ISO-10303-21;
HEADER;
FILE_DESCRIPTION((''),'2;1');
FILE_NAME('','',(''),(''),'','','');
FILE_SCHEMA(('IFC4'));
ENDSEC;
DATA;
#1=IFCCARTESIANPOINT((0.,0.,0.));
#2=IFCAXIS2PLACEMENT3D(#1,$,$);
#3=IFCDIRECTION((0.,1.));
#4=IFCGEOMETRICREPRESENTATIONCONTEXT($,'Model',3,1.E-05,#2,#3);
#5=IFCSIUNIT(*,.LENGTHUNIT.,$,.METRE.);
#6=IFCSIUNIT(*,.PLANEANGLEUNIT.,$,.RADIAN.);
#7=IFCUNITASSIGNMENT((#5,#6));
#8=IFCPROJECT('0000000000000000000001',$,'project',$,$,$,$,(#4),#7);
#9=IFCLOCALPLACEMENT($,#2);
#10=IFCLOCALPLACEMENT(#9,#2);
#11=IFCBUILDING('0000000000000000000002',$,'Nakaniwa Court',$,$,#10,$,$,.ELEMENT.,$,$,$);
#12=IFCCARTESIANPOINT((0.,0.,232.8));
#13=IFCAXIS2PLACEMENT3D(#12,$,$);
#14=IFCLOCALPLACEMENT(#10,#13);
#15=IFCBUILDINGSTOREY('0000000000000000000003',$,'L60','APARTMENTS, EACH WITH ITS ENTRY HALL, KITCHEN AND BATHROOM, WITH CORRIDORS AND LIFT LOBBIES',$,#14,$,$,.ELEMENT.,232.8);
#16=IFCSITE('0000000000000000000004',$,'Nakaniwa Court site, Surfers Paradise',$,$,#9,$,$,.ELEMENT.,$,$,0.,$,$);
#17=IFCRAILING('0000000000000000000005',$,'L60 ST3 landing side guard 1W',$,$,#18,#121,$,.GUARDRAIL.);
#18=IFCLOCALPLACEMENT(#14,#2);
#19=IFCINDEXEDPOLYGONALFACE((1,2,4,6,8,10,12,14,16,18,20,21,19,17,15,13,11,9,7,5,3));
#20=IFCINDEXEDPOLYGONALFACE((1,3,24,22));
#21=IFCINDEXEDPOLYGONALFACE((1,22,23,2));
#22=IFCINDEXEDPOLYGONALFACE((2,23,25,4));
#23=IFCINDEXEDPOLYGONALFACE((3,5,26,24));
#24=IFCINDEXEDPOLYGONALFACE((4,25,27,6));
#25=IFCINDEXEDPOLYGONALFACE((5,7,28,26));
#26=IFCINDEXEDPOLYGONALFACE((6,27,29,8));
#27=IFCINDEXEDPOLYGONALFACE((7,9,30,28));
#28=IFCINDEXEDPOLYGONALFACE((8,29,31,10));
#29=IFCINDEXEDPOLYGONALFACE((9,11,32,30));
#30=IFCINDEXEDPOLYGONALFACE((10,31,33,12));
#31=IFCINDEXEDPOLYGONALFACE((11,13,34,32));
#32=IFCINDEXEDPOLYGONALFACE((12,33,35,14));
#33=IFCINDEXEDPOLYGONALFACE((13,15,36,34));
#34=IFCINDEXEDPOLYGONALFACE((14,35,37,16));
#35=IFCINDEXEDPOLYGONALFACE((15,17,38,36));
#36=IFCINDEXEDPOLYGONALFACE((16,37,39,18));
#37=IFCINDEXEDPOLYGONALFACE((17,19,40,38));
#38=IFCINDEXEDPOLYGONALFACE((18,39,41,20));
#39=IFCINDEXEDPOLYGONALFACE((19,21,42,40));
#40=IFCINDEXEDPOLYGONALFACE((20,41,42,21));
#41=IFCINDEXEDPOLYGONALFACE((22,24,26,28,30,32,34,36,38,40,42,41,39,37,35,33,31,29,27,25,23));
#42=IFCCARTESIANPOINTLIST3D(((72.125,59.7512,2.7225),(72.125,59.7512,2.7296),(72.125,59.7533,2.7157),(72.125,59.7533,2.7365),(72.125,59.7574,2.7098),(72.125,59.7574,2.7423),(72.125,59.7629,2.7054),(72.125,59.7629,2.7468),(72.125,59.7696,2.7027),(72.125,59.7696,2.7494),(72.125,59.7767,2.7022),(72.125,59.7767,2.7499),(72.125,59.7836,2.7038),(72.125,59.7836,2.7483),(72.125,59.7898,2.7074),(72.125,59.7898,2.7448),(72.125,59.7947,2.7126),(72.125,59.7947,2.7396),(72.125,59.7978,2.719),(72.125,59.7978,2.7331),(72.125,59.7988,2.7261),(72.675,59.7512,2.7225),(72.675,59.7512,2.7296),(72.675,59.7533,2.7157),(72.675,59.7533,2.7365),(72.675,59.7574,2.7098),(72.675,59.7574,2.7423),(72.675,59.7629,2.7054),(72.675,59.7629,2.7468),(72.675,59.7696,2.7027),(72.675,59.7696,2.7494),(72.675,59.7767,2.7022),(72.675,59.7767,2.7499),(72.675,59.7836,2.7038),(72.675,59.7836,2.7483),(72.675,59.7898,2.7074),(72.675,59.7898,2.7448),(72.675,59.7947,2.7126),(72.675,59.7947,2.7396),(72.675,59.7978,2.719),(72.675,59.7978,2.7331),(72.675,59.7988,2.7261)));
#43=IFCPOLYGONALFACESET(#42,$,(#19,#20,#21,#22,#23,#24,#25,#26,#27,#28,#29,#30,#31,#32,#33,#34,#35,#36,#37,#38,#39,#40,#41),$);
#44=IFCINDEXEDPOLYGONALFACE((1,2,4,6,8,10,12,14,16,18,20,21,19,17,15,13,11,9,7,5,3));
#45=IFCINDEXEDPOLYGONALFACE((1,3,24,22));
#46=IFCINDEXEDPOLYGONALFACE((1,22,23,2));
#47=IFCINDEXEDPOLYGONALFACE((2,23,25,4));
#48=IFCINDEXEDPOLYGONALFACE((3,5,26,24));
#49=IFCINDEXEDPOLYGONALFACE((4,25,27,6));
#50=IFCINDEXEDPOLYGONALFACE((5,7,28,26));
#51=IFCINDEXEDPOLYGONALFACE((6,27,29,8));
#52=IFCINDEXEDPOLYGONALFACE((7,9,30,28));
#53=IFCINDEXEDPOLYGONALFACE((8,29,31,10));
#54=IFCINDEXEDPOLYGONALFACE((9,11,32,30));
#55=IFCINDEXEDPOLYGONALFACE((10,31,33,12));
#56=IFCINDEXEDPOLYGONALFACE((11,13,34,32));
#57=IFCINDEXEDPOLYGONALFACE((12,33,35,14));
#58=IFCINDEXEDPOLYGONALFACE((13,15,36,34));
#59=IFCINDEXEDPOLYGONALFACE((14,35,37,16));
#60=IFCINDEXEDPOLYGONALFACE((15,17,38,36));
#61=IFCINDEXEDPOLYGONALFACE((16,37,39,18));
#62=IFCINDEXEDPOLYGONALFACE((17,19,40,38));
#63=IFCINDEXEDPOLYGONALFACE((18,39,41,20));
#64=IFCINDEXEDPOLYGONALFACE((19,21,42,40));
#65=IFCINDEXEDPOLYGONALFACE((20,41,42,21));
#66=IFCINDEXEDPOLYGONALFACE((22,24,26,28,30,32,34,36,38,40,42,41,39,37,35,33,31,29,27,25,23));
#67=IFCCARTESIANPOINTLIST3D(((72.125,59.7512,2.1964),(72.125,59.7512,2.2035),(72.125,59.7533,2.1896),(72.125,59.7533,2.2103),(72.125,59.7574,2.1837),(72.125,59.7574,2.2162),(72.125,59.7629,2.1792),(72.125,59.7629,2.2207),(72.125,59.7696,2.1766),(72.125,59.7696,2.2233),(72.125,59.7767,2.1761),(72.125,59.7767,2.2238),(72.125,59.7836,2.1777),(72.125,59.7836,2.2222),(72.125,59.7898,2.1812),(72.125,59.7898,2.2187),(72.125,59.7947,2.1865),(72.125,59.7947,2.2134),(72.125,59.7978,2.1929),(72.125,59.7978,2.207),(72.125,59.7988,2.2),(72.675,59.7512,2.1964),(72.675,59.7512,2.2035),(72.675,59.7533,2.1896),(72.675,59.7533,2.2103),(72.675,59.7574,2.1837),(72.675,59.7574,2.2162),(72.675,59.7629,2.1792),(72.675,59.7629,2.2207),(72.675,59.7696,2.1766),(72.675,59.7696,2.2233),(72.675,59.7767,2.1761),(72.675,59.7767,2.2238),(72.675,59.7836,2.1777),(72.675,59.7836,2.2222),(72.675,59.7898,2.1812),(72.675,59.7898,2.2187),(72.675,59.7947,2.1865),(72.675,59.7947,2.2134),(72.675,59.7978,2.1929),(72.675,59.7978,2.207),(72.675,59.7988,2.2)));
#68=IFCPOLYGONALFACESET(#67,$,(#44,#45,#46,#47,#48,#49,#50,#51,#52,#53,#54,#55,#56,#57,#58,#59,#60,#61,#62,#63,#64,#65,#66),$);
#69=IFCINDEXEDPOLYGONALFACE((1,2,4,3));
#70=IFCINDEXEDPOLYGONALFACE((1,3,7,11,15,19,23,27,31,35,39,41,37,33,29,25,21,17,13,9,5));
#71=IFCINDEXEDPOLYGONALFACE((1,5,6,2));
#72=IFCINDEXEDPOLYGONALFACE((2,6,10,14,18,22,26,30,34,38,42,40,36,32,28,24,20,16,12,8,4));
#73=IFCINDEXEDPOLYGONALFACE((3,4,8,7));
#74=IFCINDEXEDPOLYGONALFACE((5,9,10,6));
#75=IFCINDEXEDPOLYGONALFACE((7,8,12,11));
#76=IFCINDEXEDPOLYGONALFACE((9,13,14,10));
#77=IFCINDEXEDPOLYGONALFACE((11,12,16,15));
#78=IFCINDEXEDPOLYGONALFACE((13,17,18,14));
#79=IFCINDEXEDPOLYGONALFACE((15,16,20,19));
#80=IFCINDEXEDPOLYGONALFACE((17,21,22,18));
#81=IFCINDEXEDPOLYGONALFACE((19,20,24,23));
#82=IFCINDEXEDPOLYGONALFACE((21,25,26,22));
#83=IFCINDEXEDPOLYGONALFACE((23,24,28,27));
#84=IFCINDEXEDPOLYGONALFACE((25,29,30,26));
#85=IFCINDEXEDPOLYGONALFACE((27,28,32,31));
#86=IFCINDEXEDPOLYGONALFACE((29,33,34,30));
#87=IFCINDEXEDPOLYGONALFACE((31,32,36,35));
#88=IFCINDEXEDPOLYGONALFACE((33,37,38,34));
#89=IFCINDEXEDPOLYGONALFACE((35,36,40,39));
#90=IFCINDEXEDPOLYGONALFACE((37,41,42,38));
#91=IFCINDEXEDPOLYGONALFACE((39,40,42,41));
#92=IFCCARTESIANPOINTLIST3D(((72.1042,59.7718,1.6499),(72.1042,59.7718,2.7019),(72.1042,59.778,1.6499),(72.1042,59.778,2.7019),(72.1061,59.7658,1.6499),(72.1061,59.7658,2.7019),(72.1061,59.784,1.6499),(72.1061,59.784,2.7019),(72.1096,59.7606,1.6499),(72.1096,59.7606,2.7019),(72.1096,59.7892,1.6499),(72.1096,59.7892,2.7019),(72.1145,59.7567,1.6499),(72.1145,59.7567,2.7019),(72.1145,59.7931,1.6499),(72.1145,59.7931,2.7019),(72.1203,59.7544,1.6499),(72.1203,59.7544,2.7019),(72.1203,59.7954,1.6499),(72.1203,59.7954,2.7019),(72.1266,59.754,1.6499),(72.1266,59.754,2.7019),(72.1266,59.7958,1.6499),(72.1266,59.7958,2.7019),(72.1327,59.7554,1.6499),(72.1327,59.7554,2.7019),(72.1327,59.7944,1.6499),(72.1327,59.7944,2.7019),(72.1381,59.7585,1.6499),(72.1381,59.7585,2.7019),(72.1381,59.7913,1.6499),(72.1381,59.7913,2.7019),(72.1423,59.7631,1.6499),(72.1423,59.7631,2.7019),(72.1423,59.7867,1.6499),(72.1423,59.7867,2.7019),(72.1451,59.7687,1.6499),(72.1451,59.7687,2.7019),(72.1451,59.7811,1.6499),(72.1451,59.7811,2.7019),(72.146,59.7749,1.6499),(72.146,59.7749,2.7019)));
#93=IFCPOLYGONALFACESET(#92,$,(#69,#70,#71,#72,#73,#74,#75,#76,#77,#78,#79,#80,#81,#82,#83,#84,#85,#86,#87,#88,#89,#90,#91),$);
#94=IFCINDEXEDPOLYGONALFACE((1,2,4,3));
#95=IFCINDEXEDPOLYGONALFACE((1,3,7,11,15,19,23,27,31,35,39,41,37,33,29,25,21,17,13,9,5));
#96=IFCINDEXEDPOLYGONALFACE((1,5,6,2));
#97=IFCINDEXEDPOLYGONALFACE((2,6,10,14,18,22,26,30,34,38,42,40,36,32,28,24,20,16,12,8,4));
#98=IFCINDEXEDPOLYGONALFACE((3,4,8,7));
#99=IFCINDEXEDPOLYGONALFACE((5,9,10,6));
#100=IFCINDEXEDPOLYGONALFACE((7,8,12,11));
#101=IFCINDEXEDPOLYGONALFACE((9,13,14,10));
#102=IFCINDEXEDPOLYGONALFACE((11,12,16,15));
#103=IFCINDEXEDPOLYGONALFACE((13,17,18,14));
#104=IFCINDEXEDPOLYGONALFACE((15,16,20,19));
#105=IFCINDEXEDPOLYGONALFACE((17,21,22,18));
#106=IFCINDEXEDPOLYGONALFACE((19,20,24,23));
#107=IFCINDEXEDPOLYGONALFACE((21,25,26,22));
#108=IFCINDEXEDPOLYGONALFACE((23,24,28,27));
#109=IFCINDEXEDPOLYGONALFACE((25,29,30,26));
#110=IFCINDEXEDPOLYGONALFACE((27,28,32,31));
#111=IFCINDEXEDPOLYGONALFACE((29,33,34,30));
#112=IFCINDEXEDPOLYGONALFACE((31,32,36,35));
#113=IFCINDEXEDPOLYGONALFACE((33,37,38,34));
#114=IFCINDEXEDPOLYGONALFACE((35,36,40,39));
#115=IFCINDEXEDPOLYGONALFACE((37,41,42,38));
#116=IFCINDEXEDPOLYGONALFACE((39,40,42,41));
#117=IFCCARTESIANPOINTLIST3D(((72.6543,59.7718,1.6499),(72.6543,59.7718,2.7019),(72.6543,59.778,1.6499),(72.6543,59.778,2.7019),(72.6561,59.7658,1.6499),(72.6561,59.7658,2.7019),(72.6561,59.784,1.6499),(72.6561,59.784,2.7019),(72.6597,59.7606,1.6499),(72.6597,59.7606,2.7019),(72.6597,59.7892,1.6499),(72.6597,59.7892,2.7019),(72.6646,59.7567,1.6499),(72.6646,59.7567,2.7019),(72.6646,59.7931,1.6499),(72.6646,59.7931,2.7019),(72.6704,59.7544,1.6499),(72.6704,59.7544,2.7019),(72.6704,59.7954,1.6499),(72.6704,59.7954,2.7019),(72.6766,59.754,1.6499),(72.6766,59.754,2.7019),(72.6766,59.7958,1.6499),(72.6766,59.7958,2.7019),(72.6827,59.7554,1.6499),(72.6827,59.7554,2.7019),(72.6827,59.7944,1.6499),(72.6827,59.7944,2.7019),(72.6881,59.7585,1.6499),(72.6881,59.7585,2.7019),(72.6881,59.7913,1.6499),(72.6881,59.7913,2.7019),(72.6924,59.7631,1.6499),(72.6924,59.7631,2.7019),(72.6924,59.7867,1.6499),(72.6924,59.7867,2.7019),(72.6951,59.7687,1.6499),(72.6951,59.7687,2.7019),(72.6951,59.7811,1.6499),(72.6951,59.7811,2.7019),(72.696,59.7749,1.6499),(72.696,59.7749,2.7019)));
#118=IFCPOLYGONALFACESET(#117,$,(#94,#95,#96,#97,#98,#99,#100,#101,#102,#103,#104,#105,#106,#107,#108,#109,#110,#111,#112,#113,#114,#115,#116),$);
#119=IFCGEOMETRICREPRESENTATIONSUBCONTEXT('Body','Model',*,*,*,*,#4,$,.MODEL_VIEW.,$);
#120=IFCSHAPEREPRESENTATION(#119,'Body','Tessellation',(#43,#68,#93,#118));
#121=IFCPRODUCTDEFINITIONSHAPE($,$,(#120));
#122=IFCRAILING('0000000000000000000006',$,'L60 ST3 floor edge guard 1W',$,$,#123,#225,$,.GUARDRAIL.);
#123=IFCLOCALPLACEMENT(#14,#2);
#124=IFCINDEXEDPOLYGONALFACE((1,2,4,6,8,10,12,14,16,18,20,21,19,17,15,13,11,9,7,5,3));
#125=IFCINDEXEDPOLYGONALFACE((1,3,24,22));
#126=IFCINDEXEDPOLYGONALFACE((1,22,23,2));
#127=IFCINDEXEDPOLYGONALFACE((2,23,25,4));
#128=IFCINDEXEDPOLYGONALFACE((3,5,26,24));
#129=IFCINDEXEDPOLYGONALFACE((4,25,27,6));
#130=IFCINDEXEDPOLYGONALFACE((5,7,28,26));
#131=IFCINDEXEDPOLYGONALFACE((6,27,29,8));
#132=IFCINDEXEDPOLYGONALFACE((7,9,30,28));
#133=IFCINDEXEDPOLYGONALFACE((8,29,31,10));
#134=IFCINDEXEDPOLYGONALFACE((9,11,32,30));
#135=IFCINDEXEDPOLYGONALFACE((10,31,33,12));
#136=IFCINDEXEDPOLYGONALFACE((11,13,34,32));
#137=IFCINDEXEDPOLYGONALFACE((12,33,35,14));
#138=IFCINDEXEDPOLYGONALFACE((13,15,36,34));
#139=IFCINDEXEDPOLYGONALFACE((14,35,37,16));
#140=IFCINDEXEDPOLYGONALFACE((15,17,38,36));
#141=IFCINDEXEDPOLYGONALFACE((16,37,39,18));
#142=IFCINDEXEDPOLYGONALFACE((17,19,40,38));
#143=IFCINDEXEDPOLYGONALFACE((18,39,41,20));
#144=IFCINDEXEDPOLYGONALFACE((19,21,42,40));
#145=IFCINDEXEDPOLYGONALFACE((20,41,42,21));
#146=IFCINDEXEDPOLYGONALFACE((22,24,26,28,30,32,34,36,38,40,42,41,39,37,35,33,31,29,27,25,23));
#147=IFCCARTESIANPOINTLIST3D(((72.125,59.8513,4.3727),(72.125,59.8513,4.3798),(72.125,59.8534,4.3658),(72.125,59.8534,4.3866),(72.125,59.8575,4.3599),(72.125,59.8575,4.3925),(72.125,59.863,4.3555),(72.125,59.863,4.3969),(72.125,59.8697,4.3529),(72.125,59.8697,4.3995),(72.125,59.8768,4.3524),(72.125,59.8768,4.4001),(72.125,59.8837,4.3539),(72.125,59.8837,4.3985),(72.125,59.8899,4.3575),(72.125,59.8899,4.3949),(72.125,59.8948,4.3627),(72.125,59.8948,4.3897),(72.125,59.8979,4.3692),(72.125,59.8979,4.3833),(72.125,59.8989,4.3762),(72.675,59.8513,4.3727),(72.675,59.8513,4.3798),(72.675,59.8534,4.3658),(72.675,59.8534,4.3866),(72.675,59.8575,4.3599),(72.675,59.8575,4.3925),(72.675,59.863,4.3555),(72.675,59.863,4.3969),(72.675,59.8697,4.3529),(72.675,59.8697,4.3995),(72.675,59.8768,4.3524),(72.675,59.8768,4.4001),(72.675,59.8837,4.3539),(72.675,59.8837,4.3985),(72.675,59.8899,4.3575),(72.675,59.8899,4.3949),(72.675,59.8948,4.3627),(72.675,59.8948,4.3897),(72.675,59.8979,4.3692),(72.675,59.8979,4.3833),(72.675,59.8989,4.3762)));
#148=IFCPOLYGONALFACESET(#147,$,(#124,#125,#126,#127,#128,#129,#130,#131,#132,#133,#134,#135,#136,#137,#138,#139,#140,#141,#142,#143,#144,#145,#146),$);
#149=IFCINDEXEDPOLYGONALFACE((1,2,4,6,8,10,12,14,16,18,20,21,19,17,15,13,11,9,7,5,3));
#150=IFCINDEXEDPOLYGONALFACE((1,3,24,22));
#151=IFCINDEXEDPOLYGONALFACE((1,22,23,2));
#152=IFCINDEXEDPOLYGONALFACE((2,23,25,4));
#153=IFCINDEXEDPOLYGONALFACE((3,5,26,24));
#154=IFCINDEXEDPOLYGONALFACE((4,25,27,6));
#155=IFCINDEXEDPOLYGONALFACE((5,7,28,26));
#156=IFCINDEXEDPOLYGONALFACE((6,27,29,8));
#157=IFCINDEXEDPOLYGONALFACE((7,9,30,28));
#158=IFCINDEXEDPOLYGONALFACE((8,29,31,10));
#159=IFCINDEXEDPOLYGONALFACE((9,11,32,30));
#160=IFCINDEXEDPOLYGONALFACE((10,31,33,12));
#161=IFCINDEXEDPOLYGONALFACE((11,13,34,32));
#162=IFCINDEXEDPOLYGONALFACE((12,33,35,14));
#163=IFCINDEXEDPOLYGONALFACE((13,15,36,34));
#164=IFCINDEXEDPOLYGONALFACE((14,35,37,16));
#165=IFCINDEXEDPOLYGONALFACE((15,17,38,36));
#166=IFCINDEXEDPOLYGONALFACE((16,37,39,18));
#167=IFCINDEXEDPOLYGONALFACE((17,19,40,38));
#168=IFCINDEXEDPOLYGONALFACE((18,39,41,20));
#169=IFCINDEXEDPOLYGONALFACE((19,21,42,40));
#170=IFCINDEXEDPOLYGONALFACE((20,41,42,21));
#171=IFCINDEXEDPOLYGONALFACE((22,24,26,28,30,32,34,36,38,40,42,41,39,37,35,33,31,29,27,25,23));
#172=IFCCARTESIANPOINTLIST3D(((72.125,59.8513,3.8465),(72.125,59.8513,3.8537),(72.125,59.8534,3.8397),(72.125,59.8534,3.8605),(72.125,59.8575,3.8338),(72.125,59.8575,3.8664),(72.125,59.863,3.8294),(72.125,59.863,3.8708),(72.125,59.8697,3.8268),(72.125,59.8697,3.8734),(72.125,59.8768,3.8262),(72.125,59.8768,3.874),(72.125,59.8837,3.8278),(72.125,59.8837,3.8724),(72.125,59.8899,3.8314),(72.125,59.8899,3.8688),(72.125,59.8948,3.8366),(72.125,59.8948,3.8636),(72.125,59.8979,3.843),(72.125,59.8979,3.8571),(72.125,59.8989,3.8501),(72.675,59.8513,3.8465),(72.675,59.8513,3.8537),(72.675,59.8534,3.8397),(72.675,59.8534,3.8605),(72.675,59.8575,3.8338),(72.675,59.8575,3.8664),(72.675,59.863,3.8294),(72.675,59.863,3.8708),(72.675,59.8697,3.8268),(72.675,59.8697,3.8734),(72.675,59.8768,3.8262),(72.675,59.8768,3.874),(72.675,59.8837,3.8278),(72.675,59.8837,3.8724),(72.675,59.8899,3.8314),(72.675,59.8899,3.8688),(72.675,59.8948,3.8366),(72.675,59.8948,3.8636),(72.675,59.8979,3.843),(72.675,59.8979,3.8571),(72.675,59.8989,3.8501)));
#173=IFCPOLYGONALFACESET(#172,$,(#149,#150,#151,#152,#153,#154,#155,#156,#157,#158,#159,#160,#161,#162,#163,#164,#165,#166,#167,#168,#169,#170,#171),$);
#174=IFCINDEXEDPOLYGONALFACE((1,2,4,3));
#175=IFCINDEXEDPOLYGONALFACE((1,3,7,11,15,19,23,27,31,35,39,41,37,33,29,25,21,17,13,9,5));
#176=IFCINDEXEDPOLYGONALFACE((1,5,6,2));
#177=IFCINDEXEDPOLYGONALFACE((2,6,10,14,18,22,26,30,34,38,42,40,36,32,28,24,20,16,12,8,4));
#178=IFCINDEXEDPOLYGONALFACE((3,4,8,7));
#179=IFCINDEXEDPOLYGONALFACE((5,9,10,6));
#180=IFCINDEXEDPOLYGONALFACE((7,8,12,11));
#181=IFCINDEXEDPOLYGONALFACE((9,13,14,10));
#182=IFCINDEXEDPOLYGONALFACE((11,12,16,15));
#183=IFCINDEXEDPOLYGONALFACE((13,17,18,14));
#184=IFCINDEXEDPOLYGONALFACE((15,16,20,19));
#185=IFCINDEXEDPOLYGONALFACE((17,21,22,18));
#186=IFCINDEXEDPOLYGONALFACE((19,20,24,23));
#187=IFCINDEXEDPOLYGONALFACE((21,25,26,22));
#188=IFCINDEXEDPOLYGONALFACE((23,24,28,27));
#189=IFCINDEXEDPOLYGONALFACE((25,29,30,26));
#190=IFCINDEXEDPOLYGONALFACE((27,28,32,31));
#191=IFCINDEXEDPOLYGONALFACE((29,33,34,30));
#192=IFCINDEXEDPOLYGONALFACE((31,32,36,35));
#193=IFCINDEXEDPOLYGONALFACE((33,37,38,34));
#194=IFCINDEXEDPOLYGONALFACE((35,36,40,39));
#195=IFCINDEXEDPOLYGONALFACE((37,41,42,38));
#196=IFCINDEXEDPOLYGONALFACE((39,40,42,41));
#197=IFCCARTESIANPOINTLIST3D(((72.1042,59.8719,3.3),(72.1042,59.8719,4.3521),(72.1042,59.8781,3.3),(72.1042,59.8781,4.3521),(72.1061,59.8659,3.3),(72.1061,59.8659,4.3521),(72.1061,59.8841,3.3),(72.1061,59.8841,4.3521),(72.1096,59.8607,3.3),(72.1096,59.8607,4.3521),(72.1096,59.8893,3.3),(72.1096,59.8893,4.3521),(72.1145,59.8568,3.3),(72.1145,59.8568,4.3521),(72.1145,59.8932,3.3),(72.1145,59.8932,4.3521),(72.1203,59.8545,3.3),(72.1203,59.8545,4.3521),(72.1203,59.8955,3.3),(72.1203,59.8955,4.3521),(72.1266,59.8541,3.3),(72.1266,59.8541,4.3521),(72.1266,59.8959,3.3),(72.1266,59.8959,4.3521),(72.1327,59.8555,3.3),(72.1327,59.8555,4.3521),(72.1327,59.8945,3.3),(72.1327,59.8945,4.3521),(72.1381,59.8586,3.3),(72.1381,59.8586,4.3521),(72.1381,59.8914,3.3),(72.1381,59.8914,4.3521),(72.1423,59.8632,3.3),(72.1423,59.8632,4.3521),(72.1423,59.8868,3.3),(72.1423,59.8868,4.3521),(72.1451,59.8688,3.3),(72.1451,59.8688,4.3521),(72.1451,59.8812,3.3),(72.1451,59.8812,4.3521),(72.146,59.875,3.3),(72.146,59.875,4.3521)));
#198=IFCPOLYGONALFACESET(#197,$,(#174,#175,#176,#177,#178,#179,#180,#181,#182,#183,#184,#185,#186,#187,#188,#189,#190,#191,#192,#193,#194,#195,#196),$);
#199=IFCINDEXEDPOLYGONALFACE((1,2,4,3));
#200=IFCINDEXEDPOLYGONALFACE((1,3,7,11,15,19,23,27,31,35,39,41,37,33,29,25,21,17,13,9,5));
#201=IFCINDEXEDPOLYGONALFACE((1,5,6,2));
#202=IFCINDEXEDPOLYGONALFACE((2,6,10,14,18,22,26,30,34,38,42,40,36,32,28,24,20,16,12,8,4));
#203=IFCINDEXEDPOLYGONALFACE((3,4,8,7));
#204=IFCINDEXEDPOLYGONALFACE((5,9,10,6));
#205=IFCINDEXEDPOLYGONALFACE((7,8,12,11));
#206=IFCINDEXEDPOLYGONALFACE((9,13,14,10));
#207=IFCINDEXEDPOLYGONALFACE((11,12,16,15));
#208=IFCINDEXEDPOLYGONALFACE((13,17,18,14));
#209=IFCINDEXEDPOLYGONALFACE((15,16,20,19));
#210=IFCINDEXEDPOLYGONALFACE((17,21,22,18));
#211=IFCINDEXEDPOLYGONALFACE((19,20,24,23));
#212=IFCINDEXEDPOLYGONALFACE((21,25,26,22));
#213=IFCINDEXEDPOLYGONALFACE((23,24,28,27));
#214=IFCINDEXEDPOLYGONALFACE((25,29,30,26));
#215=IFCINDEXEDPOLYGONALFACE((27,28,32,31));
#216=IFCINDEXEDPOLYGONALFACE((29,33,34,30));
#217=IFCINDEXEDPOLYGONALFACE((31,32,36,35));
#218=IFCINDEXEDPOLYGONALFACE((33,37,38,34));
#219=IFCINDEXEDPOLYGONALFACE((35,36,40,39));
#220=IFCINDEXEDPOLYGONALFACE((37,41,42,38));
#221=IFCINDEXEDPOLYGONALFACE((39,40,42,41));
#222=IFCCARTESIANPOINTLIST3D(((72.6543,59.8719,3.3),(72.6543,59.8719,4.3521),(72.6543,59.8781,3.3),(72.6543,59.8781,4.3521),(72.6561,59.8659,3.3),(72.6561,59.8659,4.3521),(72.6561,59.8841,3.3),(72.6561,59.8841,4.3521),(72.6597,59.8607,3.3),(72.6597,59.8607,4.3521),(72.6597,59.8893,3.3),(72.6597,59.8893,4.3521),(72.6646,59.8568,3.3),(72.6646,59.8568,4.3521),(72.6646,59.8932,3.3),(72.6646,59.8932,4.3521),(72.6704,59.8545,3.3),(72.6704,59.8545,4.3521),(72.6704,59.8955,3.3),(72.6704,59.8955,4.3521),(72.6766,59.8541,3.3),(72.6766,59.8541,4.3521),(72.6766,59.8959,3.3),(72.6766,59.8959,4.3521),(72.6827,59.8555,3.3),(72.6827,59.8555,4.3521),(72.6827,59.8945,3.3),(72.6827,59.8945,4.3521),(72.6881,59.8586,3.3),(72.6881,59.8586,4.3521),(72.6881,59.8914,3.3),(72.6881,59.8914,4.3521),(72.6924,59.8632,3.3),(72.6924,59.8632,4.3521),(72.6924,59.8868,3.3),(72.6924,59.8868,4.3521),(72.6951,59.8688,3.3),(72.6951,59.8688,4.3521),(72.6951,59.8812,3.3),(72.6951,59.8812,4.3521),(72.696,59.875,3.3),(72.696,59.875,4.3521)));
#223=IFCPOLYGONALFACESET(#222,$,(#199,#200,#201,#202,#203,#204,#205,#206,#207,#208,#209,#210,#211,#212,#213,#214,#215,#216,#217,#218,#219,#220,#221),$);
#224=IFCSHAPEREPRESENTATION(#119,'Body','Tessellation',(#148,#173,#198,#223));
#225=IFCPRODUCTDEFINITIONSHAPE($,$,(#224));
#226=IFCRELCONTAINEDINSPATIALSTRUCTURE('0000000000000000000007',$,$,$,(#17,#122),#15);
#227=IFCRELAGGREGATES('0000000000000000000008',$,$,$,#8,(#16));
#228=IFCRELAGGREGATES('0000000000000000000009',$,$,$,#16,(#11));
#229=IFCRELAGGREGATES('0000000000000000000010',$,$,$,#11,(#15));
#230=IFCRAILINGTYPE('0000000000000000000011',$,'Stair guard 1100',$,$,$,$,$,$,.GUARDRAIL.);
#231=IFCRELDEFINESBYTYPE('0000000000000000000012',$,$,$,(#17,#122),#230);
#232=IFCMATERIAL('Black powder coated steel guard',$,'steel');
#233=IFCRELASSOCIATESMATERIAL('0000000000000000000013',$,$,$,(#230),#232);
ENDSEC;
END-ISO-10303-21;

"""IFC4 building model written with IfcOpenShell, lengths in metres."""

from ifc_helpers import new_model, si_unit, direction, frame, origin, origin_2d, place, context, subcontext, project, spatial, circle, extrude, material, type_object, element, save


model = new_model("IFC4")

# Units and contexts
model_context = context("Model", 3, precision=1e-05, world=origin(), true_north=direction((0.0, 1.0)))
body_context = subcontext(model_context, "Body", "Model", "MODEL_VIEW")
ifc_project = project(units=[si_unit("LENGTHUNIT", "METRE"), si_unit("PLANEANGLEUNIT", "RADIAN")], contexts=[model_context])

# Site, building, storey
site_placement = place(None, origin())
site = spatial("IfcSite", under=ifc_project, at=site_placement, Name="Nakaniwa Court site, Surfers Paradise", CompositionType="ELEMENT", RefElevation=0.0)
building_placement = place(site_placement, origin())
building = spatial("IfcBuilding", under=site, at=building_placement, Name="Nakaniwa Court", CompositionType="ELEMENT")
storey_placement = place(building_placement, frame((0.0, 0.0, 232.8)))
storey = spatial("IfcBuildingStorey", under=building, at=storey_placement, Name="L60", Description="APARTMENTS, EACH WITH ITS ENTRY HALL, KITCHEN AND BATHROOM, WITH CORRIDORS AND LIFT LOBBIES", CompositionType="ELEMENT", Elevation=232.8)

# Railings
ifc_material_1 = material(Name="Black powder coated steel guard", Category="steel")
railing_type_1 = type_object("IfcRailingType", Name="Stair guard 1100", PredefinedType="GUARDRAIL", material=ifc_material_1)
for number, where, name in (
    (1, (72.125, 59.7749, 1.6499), "L60 ST3 landing side guard 1W"),
    (2, (72.125, 59.875, 3.3), "L60 ST3 floor edge guard 1W"),
):
    element("IfcRailing", number, at=place(storey_placement, frame(where)), inside=storey, type_object=railing_type_1, Name=name, PredefinedType="GUARDRAIL", context=body_context, shape_type="SweptSolid", body=[
        extrude(circle(Radius=0.0239, at=origin_2d()), frame((0.0, 0.0, 1.0762), z_axis=(1.0, 0.0, 0.0), x_axis=(0.0, 1.0, 0.0)), (0.0, 0.0, 1.0), 0.55),
        extrude(circle(Radius=0.0239, at=origin_2d()), frame((0.0, 0.0, 0.55), z_axis=(1.0, 0.0, 0.0), x_axis=(0.0, 1.0, 0.0)), (0.0, 0.0, 1.0), 0.55),
        extrude(circle(Radius=0.021, at=origin_2d()), origin(), (0.0, 0.0, 1.0), 1.052),
        extrude(circle(Radius=0.021, at=origin_2d()), frame((0.55, 0.0, 0.0)), (0.0, 0.0, 1.0), 1.052),
    ])

save(model, "model.ifc")
